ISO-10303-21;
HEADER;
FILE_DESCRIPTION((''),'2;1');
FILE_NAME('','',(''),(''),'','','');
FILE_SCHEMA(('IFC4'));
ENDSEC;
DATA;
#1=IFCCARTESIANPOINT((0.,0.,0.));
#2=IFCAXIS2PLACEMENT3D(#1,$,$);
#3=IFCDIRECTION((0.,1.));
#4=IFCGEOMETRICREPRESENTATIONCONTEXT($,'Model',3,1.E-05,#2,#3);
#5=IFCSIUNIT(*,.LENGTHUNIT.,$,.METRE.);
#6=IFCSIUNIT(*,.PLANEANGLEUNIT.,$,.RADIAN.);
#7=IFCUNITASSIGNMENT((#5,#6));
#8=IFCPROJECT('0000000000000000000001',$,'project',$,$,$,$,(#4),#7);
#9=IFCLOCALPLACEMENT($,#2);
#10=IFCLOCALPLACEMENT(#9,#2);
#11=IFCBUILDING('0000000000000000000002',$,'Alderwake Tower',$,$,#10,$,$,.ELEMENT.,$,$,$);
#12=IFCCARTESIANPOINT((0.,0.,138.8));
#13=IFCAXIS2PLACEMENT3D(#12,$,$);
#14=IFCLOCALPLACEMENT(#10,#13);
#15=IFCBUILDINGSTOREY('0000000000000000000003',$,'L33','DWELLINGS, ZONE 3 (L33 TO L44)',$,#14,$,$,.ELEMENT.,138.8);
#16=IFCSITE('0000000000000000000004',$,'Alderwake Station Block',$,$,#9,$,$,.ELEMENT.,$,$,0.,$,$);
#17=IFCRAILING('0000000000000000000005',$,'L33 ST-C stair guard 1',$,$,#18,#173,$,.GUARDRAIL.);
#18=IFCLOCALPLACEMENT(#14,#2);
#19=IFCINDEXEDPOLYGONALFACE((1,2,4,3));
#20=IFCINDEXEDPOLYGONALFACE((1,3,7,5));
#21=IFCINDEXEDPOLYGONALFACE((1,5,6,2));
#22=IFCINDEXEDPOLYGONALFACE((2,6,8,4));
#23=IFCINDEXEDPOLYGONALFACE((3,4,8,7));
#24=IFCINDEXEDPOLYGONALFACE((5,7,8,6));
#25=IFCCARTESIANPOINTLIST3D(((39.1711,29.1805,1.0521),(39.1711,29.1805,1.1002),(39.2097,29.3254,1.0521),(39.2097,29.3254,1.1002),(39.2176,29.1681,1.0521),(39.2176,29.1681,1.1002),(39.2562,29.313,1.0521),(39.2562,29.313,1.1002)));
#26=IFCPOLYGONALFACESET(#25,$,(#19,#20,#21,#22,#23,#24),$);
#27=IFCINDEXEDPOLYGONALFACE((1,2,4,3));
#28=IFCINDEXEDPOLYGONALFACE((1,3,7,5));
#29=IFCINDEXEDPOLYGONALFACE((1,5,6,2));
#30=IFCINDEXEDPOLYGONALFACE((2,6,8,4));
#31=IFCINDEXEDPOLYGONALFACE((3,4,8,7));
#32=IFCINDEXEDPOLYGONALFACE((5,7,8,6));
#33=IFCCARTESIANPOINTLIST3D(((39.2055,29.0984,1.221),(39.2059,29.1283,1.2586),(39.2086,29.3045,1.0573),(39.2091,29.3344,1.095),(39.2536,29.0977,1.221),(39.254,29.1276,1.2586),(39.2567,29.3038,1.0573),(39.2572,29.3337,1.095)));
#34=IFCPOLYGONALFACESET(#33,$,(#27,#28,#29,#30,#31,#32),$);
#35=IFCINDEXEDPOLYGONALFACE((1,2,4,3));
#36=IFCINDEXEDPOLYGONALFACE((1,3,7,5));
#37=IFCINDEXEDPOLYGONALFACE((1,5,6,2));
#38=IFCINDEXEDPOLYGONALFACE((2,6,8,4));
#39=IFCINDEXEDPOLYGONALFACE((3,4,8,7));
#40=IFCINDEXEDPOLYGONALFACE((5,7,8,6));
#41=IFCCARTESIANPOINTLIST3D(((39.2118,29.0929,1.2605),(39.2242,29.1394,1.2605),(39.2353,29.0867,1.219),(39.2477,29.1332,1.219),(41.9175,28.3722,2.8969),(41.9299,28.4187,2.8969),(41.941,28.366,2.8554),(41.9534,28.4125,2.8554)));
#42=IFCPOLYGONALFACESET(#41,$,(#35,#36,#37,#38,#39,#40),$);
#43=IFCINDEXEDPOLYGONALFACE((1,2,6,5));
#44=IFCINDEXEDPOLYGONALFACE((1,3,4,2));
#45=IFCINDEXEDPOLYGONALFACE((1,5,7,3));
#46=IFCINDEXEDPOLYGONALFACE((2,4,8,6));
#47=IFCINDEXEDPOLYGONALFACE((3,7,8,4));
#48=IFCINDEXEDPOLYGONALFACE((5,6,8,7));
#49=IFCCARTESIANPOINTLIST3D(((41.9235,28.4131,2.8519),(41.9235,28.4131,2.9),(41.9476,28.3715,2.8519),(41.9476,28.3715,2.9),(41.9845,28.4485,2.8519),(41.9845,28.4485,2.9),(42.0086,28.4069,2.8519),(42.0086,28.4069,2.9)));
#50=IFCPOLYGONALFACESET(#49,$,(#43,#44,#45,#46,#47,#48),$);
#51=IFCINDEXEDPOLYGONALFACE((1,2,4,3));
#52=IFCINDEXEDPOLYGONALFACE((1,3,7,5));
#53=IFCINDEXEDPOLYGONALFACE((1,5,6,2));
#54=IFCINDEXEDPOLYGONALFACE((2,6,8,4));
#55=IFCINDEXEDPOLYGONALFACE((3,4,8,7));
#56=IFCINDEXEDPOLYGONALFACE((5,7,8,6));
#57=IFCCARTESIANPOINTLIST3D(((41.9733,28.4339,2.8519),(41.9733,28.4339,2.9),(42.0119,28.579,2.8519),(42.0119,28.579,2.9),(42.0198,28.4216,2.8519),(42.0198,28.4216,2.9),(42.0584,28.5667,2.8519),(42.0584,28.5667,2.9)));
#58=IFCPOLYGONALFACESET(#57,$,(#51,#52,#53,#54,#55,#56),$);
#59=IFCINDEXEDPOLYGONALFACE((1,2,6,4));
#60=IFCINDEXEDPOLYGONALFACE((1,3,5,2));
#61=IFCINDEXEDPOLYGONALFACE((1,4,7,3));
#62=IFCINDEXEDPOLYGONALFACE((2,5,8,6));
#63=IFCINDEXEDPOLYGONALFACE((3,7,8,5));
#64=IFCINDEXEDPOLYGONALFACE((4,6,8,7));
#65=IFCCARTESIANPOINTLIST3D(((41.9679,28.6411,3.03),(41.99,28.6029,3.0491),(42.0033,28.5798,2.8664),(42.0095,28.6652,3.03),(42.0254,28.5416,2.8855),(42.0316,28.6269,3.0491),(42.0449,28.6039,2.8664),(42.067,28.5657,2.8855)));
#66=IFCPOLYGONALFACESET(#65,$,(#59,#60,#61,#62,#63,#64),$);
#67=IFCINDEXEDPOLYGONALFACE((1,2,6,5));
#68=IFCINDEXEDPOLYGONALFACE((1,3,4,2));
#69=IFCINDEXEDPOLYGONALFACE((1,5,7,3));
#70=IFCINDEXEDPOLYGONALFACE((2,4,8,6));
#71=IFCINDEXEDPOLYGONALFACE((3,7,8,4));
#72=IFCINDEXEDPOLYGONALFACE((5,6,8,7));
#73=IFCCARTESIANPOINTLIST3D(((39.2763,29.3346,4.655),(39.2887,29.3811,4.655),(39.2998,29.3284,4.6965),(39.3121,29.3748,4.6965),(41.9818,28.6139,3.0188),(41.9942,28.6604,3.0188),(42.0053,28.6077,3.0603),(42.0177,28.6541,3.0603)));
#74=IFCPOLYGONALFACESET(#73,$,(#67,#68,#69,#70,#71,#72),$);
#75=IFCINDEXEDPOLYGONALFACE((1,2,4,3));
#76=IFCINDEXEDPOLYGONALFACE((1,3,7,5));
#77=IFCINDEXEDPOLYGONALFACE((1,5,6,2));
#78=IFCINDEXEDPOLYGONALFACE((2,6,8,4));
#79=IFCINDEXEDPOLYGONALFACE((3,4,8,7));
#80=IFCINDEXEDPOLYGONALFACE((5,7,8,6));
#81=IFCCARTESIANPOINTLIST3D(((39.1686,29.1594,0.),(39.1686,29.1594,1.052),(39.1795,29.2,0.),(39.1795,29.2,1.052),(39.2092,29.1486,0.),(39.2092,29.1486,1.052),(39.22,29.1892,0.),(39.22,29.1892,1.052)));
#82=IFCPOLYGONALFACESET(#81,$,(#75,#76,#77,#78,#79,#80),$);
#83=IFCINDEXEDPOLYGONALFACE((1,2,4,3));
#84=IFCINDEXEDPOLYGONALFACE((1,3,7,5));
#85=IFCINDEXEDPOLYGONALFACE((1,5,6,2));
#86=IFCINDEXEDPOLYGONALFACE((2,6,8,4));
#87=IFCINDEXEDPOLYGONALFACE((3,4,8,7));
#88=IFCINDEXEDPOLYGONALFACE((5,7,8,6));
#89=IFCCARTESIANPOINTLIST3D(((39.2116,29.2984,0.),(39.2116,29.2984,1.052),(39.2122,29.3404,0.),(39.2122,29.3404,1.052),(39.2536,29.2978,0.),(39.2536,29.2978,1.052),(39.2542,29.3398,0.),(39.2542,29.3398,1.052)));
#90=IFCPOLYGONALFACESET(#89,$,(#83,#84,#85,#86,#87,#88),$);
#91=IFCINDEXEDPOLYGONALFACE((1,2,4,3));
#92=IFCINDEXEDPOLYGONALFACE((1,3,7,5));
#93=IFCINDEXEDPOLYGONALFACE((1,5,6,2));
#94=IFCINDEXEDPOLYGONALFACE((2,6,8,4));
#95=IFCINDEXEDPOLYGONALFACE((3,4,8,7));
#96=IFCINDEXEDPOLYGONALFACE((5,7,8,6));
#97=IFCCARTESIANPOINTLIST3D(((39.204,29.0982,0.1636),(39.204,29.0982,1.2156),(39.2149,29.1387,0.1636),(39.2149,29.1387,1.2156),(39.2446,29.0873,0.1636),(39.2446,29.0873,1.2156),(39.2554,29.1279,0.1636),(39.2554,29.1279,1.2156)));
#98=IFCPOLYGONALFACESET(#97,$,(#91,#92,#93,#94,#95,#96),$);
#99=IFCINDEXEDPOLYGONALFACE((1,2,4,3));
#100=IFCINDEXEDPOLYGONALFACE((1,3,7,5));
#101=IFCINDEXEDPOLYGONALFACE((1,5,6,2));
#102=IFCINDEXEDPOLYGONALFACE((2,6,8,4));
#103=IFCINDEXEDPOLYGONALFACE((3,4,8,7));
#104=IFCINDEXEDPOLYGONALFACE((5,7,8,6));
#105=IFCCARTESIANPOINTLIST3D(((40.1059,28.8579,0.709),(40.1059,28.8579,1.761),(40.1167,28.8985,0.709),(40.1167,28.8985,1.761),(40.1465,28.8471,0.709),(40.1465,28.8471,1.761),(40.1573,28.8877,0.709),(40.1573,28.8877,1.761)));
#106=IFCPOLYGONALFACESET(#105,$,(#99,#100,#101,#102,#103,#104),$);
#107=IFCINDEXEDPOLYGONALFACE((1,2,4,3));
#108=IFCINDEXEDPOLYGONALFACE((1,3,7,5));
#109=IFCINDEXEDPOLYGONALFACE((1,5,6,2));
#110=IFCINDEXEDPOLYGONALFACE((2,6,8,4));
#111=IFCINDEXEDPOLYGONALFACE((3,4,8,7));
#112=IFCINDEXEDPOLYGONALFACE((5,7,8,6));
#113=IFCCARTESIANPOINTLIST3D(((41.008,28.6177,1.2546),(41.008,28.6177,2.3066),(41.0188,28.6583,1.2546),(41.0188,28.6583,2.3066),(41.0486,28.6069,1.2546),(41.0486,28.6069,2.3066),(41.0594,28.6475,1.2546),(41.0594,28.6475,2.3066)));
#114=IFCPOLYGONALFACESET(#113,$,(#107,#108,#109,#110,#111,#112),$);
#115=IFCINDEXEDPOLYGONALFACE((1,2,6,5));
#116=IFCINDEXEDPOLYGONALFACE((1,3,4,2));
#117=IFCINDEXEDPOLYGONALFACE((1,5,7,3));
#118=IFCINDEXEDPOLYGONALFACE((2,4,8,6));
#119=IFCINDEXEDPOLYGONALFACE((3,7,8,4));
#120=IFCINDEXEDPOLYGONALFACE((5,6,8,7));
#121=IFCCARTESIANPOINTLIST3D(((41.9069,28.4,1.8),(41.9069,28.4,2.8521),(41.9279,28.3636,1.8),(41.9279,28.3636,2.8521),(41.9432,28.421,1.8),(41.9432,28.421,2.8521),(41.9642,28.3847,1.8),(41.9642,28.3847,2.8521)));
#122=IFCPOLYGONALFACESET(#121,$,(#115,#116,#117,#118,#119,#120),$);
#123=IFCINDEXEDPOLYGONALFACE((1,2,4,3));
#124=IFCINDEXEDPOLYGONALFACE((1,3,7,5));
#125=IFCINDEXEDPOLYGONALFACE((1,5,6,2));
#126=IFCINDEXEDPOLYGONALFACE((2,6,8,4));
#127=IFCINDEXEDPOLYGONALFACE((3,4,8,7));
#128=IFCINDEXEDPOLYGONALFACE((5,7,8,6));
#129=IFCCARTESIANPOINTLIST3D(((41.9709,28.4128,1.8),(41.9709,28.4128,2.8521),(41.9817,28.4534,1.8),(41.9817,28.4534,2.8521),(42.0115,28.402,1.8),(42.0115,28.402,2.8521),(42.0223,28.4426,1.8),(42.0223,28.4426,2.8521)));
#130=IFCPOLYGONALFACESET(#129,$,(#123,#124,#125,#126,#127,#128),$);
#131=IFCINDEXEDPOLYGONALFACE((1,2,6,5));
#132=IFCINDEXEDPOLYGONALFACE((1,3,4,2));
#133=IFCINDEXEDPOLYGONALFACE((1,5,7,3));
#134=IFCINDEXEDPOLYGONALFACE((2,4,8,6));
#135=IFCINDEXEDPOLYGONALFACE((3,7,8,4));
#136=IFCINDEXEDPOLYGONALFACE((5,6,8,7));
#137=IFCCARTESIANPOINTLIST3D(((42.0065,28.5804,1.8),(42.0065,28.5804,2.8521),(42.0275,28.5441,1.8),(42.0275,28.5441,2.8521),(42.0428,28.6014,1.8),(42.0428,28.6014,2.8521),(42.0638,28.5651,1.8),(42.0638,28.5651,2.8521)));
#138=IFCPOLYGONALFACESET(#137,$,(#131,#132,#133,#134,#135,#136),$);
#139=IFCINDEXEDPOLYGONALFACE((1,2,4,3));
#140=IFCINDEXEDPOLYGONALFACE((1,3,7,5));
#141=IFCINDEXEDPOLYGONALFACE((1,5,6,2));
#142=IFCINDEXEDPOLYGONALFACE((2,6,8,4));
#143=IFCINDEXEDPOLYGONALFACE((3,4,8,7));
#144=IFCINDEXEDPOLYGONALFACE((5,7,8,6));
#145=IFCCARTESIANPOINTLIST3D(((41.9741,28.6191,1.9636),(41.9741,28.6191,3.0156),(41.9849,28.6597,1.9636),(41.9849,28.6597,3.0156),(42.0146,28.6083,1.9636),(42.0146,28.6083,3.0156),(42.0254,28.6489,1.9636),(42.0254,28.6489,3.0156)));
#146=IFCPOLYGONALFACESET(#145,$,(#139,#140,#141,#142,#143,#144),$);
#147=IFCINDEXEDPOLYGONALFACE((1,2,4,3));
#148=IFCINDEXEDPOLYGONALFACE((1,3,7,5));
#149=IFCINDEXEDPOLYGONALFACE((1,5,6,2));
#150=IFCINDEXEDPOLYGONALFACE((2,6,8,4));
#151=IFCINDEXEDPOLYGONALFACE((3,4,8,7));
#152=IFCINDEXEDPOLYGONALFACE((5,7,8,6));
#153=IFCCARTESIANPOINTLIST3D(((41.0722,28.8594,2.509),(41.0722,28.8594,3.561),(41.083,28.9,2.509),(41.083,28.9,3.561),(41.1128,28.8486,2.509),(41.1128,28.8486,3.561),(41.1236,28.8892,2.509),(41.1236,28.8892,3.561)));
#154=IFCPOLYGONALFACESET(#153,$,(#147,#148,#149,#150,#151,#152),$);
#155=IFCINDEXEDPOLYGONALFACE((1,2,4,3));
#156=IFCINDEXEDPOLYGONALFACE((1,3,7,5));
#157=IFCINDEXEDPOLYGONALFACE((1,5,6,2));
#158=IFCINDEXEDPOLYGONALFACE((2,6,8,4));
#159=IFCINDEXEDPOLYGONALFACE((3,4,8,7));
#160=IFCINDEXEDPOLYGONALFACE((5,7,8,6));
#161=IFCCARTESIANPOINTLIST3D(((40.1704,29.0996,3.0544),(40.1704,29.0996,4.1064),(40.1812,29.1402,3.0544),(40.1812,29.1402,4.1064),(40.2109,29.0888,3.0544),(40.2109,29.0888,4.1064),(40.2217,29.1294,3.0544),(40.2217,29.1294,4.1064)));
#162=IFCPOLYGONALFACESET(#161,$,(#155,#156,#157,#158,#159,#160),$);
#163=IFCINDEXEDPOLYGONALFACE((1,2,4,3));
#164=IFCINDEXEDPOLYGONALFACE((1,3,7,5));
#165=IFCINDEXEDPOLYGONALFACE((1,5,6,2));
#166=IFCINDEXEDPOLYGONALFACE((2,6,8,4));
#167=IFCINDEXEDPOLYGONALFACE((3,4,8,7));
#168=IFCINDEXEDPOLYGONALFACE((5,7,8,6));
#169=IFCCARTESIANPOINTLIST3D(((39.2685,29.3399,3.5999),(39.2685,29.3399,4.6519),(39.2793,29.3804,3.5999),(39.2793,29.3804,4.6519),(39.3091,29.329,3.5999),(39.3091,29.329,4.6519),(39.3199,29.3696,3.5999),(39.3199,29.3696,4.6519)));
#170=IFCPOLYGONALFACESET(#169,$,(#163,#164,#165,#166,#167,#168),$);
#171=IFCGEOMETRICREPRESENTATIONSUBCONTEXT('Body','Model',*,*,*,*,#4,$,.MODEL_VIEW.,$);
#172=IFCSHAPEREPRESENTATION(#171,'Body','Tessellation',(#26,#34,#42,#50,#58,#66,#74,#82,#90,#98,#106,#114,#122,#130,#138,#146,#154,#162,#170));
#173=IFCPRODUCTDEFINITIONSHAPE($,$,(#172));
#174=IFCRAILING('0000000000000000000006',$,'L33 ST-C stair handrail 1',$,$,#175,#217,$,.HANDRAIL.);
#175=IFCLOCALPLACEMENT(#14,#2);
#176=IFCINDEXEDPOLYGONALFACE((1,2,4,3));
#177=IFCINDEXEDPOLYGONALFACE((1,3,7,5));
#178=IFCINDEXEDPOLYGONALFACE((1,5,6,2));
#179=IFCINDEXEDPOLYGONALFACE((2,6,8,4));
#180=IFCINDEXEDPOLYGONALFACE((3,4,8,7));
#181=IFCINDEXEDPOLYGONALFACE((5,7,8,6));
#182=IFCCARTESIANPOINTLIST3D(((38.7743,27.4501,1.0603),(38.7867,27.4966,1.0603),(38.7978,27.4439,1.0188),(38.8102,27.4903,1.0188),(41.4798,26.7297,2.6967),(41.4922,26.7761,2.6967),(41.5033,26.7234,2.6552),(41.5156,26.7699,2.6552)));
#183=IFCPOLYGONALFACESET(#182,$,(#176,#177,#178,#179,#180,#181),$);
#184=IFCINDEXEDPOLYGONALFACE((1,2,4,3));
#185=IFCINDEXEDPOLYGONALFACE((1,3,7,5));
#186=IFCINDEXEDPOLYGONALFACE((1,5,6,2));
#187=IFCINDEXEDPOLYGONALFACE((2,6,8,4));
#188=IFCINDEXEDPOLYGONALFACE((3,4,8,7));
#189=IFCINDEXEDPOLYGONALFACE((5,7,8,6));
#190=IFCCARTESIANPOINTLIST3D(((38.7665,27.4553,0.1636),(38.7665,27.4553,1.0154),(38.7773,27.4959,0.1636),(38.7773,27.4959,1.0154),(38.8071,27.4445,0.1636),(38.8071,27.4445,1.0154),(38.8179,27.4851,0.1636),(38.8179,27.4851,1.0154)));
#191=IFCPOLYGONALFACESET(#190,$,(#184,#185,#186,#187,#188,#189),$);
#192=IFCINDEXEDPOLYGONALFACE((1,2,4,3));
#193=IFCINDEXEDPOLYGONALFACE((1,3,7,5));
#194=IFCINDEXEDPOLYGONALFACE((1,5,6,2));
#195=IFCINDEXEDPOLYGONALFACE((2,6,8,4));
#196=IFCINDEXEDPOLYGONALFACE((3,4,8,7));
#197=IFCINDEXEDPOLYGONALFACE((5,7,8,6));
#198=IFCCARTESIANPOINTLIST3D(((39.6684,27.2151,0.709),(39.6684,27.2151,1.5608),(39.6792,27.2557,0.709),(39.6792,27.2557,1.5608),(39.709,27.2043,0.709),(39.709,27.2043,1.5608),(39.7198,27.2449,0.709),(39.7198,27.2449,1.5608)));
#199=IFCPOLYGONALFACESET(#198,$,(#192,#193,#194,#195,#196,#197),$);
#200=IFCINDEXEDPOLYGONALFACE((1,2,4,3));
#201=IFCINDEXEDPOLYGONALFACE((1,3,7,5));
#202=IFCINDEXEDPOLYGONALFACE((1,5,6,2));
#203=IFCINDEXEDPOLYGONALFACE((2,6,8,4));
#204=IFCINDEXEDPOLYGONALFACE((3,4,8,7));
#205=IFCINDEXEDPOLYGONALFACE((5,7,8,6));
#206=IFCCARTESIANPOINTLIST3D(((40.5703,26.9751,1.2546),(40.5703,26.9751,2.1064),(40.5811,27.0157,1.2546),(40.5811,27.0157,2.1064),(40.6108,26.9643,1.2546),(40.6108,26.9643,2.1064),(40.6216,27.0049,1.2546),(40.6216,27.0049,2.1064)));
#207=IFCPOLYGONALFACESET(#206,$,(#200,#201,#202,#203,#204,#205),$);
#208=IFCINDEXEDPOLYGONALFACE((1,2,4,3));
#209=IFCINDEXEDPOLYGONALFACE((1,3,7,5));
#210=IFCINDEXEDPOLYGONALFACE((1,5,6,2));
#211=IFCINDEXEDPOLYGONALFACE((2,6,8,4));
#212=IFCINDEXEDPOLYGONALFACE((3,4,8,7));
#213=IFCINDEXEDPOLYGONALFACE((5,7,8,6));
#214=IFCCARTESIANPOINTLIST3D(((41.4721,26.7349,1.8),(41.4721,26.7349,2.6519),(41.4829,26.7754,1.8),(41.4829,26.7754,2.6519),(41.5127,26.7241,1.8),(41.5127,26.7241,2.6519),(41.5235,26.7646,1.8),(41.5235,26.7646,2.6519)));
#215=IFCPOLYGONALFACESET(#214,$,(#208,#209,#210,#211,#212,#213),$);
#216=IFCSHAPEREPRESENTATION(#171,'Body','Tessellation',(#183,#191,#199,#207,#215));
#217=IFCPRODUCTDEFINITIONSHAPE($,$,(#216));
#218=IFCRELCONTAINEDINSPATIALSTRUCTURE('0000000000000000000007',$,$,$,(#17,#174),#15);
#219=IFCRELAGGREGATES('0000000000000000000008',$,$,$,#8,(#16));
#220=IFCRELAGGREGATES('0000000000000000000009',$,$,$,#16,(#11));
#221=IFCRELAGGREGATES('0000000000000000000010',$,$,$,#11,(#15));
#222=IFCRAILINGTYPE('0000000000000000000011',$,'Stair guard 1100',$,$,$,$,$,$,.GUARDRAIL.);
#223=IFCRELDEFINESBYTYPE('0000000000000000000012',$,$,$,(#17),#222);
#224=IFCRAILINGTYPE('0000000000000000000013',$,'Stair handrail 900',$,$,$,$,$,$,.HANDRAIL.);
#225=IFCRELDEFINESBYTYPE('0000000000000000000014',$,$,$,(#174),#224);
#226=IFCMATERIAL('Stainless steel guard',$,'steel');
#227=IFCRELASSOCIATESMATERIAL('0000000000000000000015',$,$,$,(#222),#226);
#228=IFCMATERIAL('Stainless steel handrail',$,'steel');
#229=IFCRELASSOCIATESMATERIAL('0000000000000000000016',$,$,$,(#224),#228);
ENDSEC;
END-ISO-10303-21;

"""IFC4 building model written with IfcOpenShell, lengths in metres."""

from ifc_helpers import new_model, si_unit, direction, frame, origin, origin_2d, place, context, subcontext, project, spatial, rectangle, extrude, material, type_object, element, save


model = new_model("IFC4")

# Units and contexts
model_context = context("Model", 3, precision=1e-05, world=origin(), true_north=direction((0.0, 1.0)))
body_context = subcontext(model_context, "Body", "Model", "MODEL_VIEW")
ifc_project = project(units=[si_unit("LENGTHUNIT", "METRE"), si_unit("PLANEANGLEUNIT", "RADIAN")], contexts=[model_context])

# Site, building, storey
site_placement = place(None, origin())
site = spatial("IfcSite", under=ifc_project, at=site_placement, Name="Alderwake Station Block", CompositionType="ELEMENT", RefElevation=0.0)
building_placement = place(site_placement, origin())
building = spatial("IfcBuilding", under=site, at=building_placement, Name="Alderwake Tower", CompositionType="ELEMENT")
storey_placement = place(building_placement, frame((0.0, 0.0, 138.8)))
storey = spatial("IfcBuildingStorey", under=building, at=storey_placement, Name="L33", Description="DWELLINGS, ZONE 3 (L33 TO L44)", CompositionType="ELEMENT", Elevation=138.8)

# Railings
ifc_material_1 = material(Name="Stainless steel guard", Category="steel")
railing_type_1 = type_object("IfcRailingType", Name="Stair guard 1100", PredefinedType="GUARDRAIL", material=ifc_material_1)
railing_1_placement = place(storey_placement, frame((39.1943, 29.1743, 0.0)))
element("IfcRailing", 1, at=railing_1_placement, inside=storey, type_object=railing_type_1, Name="L33 ST-C stair guard 1", PredefinedType="GUARDRAIL", context=body_context, shape_type="SweptSolid", body=[
    extrude(rectangle(XDim=0.0481, YDim=0.0481, at=origin_2d()), frame((0.0, 0.0, 1.0762), z_axis=(0.25746, 0.966289, 0.0), x_axis=(-0.966289, 0.25746, 0.0)), (0.0, 0.0, 1.0), 0.1499),
    extrude(rectangle(XDim=0.0481, YDim=0.0481, at=origin_2d()), frame((0.0386, 0.1448, 1.0762), z_axis=(-0.012063, -0.78316, 0.621703), x_axis=(0.999881, -0.015401, 0.0)), (0.0, 0.0, 1.0), 0.2632),
    extrude(rectangle(XDim=0.0481, YDim=0.0481, at=origin_2d()), frame((0.0354, -0.0613, 1.2397), z_axis=(0.834282, -0.222214, 0.504574), x_axis=(0.25738, 0.96631, 0.0)), (0.0, 0.0, 1.0), 3.2432),
    extrude(rectangle(XDim=0.0481, YDim=0.0481, at=origin_2d()), frame((2.7412, -0.782, 2.876), z_axis=(0.865031, 0.501718, 0.0), x_axis=(-0.501718, 0.865031, 0.0)), (0.0, 0.0, 1.0), 0.0706),
    extrude(rectangle(XDim=0.0481, YDim=0.0481, at=origin_2d()), frame((2.8022, -0.7466, 2.876), z_axis=(0.257055, 0.966397, 0.0), x_axis=(-0.966397, 0.257055, 0.0)), (0.0, 0.0, 1.0), 0.1501),
    extrude(rectangle(XDim=0.0481, YDim=0.0481, at=origin_2d()), frame((2.8408, -0.6016, 2.876), z_axis=(-0.198625, 0.343827, 0.917786), x_axis=(-0.865898, -0.50022, 0.0)), (0.0, 0.0, 1.0), 0.1782),
    extrude(rectangle(XDim=0.0481, YDim=0.0481, at=origin_2d()), frame((2.8054, -0.5403, 3.0396), z_axis=(-0.834291, 0.222237, 0.504549), x_axis=(-0.257402, -0.966304, 0.0)), (0.0, 0.0, 1.0), 3.2429),
    extrude(rectangle(XDim=0.042, YDim=0.042, at=origin_2d()), frame((0.0, 0.0, 0.0), z_axis=(0.0, 0.0, 1.0), x_axis=(0.25746, 0.966289, 0.0)), (0.0, 0.0, 1.0), 1.052),
    extrude(rectangle(XDim=0.042, YDim=0.042, at=origin_2d()), frame((0.0386, 0.1448, 0.0), z_axis=(0.0, 0.0, 1.0), x_axis=(-0.015401, -0.999881, 0.0)), (0.0, 0.0, 1.0), 1.052),
    extrude(rectangle(XDim=0.042, YDim=0.042, at=origin_2d()), frame((0.0354, -0.0613, 0.1636), z_axis=(0.0, 0.0, 1.0), x_axis=(0.96631, -0.25738, 0.0)), (0.0, 0.0, 1.0), 1.052),
    extrude(rectangle(XDim=0.042, YDim=0.042, at=origin_2d()), frame((0.9373, -0.3015, 0.709), z_axis=(0.0, 0.0, 1.0), x_axis=(0.96631, -0.25738, 0.0)), (0.0, 0.0, 1.0), 1.052),
    extrude(rectangle(XDim=0.042, YDim=0.042, at=origin_2d()), frame((1.8394, -0.5417, 1.2546), z_axis=(0.0, 0.0, 1.0), x_axis=(0.96631, -0.25738, 0.0)), (0.0, 0.0, 1.0), 1.052),
    extrude(rectangle(XDim=0.042, YDim=0.042, at=origin_2d()), frame((2.7412, -0.782, 1.8), z_axis=(0.0, 0.0, 1.0), x_axis=(0.865031, 0.501718, 0.0)), (0.0, 0.0, 1.0), 1.052),
    extrude(rectangle(XDim=0.042, YDim=0.042, at=origin_2d()), frame((2.8022, -0.7466, 1.8), z_axis=(0.0, 0.0, 1.0), x_axis=(0.257055, 0.966397, 0.0)), (0.0, 0.0, 1.0), 1.052),
    extrude(rectangle(XDim=0.042, YDim=0.042, at=origin_2d()), frame((2.8408, -0.6016, 1.8), z_axis=(0.0, 0.0, 1.0), x_axis=(-0.50022, 0.865898, 0.0)), (0.0, 0.0, 1.0), 1.052),
    extrude(rectangle(XDim=0.042, YDim=0.042, at=origin_2d()), frame((2.8054, -0.5403, 1.9636), z_axis=(0.0, 0.0, 1.0), x_axis=(-0.966304, 0.257402, 0.0)), (0.0, 0.0, 1.0), 1.052),
    extrude(rectangle(XDim=0.042, YDim=0.042, at=origin_2d()), frame((1.9036, -0.3, 2.509), z_axis=(0.0, 0.0, 1.0), x_axis=(-0.966304, 0.257402, 0.0)), (0.0, 0.0, 1.0), 1.052),
    extrude(rectangle(XDim=0.042, YDim=0.042, at=origin_2d()), frame((1.0017, -0.0598, 3.0544), z_axis=(0.0, 0.0, 1.0), x_axis=(-0.966304, 0.257402, 0.0)), (0.0, 0.0, 1.0), 1.052),
    extrude(rectangle(XDim=0.042, YDim=0.042, at=origin_2d()), frame((0.0999, 0.1804, 3.5999), z_axis=(0.0, 0.0, 1.0), x_axis=(-0.966304, 0.257402, 0.0)), (0.0, 0.0, 1.0), 1.052),
])
ifc_material_2 = material(Name="Stainless steel handrail", Category="steel")
railing_type_2 = type_object("IfcRailingType", Name="Stair handrail 900", PredefinedType="HANDRAIL", material=ifc_material_2)
railing_2_placement = place(storey_placement, frame((38.7922, 27.4702, 0.1636)))
element("IfcRailing", 2, at=railing_2_placement, inside=storey, type_object=railing_type_2, Name="L33 ST-C stair handrail 1", PredefinedType="HANDRAIL", context=body_context, shape_type="SweptSolid", body=[
    extrude(rectangle(XDim=0.0481, YDim=0.0481, at=origin_2d()), frame((0.0, 0.0, 0.876), z_axis=(0.834273, -0.222157, 0.504614), x_axis=(0.257321, 0.966326, 0.0)), (0.0, 0.0, 1.0), 3.2429),
    extrude(rectangle(XDim=0.042, YDim=0.042, at=origin_2d()), frame((0.0, 0.0, 0.0), z_axis=(0.0, 0.0, 1.0), x_axis=(0.966326, -0.257321, 0.0)), (0.0, 0.0, 1.0), 0.8518),
    extrude(rectangle(XDim=0.042, YDim=0.042, at=origin_2d()), frame((0.9019, -0.2402, 0.5454), z_axis=(0.0, 0.0, 1.0), x_axis=(0.966326, -0.257321, 0.0)), (0.0, 0.0, 1.0), 0.8518),
    extrude(rectangle(XDim=0.042, YDim=0.042, at=origin_2d()), frame((1.8037, -0.4802, 1.0911), z_axis=(0.0, 0.0, 1.0), x_axis=(0.966326, -0.257321, 0.0)), (0.0, 0.0, 1.0), 0.8518),
    extrude(rectangle(XDim=0.042, YDim=0.042, at=origin_2d()), frame((2.7056, -0.7205, 1.6365), z_axis=(0.0, 0.0, 1.0), x_axis=(0.966326, -0.257321, 0.0)), (0.0, 0.0, 1.0), 0.8518),
])

save(model, "model.ifc")
